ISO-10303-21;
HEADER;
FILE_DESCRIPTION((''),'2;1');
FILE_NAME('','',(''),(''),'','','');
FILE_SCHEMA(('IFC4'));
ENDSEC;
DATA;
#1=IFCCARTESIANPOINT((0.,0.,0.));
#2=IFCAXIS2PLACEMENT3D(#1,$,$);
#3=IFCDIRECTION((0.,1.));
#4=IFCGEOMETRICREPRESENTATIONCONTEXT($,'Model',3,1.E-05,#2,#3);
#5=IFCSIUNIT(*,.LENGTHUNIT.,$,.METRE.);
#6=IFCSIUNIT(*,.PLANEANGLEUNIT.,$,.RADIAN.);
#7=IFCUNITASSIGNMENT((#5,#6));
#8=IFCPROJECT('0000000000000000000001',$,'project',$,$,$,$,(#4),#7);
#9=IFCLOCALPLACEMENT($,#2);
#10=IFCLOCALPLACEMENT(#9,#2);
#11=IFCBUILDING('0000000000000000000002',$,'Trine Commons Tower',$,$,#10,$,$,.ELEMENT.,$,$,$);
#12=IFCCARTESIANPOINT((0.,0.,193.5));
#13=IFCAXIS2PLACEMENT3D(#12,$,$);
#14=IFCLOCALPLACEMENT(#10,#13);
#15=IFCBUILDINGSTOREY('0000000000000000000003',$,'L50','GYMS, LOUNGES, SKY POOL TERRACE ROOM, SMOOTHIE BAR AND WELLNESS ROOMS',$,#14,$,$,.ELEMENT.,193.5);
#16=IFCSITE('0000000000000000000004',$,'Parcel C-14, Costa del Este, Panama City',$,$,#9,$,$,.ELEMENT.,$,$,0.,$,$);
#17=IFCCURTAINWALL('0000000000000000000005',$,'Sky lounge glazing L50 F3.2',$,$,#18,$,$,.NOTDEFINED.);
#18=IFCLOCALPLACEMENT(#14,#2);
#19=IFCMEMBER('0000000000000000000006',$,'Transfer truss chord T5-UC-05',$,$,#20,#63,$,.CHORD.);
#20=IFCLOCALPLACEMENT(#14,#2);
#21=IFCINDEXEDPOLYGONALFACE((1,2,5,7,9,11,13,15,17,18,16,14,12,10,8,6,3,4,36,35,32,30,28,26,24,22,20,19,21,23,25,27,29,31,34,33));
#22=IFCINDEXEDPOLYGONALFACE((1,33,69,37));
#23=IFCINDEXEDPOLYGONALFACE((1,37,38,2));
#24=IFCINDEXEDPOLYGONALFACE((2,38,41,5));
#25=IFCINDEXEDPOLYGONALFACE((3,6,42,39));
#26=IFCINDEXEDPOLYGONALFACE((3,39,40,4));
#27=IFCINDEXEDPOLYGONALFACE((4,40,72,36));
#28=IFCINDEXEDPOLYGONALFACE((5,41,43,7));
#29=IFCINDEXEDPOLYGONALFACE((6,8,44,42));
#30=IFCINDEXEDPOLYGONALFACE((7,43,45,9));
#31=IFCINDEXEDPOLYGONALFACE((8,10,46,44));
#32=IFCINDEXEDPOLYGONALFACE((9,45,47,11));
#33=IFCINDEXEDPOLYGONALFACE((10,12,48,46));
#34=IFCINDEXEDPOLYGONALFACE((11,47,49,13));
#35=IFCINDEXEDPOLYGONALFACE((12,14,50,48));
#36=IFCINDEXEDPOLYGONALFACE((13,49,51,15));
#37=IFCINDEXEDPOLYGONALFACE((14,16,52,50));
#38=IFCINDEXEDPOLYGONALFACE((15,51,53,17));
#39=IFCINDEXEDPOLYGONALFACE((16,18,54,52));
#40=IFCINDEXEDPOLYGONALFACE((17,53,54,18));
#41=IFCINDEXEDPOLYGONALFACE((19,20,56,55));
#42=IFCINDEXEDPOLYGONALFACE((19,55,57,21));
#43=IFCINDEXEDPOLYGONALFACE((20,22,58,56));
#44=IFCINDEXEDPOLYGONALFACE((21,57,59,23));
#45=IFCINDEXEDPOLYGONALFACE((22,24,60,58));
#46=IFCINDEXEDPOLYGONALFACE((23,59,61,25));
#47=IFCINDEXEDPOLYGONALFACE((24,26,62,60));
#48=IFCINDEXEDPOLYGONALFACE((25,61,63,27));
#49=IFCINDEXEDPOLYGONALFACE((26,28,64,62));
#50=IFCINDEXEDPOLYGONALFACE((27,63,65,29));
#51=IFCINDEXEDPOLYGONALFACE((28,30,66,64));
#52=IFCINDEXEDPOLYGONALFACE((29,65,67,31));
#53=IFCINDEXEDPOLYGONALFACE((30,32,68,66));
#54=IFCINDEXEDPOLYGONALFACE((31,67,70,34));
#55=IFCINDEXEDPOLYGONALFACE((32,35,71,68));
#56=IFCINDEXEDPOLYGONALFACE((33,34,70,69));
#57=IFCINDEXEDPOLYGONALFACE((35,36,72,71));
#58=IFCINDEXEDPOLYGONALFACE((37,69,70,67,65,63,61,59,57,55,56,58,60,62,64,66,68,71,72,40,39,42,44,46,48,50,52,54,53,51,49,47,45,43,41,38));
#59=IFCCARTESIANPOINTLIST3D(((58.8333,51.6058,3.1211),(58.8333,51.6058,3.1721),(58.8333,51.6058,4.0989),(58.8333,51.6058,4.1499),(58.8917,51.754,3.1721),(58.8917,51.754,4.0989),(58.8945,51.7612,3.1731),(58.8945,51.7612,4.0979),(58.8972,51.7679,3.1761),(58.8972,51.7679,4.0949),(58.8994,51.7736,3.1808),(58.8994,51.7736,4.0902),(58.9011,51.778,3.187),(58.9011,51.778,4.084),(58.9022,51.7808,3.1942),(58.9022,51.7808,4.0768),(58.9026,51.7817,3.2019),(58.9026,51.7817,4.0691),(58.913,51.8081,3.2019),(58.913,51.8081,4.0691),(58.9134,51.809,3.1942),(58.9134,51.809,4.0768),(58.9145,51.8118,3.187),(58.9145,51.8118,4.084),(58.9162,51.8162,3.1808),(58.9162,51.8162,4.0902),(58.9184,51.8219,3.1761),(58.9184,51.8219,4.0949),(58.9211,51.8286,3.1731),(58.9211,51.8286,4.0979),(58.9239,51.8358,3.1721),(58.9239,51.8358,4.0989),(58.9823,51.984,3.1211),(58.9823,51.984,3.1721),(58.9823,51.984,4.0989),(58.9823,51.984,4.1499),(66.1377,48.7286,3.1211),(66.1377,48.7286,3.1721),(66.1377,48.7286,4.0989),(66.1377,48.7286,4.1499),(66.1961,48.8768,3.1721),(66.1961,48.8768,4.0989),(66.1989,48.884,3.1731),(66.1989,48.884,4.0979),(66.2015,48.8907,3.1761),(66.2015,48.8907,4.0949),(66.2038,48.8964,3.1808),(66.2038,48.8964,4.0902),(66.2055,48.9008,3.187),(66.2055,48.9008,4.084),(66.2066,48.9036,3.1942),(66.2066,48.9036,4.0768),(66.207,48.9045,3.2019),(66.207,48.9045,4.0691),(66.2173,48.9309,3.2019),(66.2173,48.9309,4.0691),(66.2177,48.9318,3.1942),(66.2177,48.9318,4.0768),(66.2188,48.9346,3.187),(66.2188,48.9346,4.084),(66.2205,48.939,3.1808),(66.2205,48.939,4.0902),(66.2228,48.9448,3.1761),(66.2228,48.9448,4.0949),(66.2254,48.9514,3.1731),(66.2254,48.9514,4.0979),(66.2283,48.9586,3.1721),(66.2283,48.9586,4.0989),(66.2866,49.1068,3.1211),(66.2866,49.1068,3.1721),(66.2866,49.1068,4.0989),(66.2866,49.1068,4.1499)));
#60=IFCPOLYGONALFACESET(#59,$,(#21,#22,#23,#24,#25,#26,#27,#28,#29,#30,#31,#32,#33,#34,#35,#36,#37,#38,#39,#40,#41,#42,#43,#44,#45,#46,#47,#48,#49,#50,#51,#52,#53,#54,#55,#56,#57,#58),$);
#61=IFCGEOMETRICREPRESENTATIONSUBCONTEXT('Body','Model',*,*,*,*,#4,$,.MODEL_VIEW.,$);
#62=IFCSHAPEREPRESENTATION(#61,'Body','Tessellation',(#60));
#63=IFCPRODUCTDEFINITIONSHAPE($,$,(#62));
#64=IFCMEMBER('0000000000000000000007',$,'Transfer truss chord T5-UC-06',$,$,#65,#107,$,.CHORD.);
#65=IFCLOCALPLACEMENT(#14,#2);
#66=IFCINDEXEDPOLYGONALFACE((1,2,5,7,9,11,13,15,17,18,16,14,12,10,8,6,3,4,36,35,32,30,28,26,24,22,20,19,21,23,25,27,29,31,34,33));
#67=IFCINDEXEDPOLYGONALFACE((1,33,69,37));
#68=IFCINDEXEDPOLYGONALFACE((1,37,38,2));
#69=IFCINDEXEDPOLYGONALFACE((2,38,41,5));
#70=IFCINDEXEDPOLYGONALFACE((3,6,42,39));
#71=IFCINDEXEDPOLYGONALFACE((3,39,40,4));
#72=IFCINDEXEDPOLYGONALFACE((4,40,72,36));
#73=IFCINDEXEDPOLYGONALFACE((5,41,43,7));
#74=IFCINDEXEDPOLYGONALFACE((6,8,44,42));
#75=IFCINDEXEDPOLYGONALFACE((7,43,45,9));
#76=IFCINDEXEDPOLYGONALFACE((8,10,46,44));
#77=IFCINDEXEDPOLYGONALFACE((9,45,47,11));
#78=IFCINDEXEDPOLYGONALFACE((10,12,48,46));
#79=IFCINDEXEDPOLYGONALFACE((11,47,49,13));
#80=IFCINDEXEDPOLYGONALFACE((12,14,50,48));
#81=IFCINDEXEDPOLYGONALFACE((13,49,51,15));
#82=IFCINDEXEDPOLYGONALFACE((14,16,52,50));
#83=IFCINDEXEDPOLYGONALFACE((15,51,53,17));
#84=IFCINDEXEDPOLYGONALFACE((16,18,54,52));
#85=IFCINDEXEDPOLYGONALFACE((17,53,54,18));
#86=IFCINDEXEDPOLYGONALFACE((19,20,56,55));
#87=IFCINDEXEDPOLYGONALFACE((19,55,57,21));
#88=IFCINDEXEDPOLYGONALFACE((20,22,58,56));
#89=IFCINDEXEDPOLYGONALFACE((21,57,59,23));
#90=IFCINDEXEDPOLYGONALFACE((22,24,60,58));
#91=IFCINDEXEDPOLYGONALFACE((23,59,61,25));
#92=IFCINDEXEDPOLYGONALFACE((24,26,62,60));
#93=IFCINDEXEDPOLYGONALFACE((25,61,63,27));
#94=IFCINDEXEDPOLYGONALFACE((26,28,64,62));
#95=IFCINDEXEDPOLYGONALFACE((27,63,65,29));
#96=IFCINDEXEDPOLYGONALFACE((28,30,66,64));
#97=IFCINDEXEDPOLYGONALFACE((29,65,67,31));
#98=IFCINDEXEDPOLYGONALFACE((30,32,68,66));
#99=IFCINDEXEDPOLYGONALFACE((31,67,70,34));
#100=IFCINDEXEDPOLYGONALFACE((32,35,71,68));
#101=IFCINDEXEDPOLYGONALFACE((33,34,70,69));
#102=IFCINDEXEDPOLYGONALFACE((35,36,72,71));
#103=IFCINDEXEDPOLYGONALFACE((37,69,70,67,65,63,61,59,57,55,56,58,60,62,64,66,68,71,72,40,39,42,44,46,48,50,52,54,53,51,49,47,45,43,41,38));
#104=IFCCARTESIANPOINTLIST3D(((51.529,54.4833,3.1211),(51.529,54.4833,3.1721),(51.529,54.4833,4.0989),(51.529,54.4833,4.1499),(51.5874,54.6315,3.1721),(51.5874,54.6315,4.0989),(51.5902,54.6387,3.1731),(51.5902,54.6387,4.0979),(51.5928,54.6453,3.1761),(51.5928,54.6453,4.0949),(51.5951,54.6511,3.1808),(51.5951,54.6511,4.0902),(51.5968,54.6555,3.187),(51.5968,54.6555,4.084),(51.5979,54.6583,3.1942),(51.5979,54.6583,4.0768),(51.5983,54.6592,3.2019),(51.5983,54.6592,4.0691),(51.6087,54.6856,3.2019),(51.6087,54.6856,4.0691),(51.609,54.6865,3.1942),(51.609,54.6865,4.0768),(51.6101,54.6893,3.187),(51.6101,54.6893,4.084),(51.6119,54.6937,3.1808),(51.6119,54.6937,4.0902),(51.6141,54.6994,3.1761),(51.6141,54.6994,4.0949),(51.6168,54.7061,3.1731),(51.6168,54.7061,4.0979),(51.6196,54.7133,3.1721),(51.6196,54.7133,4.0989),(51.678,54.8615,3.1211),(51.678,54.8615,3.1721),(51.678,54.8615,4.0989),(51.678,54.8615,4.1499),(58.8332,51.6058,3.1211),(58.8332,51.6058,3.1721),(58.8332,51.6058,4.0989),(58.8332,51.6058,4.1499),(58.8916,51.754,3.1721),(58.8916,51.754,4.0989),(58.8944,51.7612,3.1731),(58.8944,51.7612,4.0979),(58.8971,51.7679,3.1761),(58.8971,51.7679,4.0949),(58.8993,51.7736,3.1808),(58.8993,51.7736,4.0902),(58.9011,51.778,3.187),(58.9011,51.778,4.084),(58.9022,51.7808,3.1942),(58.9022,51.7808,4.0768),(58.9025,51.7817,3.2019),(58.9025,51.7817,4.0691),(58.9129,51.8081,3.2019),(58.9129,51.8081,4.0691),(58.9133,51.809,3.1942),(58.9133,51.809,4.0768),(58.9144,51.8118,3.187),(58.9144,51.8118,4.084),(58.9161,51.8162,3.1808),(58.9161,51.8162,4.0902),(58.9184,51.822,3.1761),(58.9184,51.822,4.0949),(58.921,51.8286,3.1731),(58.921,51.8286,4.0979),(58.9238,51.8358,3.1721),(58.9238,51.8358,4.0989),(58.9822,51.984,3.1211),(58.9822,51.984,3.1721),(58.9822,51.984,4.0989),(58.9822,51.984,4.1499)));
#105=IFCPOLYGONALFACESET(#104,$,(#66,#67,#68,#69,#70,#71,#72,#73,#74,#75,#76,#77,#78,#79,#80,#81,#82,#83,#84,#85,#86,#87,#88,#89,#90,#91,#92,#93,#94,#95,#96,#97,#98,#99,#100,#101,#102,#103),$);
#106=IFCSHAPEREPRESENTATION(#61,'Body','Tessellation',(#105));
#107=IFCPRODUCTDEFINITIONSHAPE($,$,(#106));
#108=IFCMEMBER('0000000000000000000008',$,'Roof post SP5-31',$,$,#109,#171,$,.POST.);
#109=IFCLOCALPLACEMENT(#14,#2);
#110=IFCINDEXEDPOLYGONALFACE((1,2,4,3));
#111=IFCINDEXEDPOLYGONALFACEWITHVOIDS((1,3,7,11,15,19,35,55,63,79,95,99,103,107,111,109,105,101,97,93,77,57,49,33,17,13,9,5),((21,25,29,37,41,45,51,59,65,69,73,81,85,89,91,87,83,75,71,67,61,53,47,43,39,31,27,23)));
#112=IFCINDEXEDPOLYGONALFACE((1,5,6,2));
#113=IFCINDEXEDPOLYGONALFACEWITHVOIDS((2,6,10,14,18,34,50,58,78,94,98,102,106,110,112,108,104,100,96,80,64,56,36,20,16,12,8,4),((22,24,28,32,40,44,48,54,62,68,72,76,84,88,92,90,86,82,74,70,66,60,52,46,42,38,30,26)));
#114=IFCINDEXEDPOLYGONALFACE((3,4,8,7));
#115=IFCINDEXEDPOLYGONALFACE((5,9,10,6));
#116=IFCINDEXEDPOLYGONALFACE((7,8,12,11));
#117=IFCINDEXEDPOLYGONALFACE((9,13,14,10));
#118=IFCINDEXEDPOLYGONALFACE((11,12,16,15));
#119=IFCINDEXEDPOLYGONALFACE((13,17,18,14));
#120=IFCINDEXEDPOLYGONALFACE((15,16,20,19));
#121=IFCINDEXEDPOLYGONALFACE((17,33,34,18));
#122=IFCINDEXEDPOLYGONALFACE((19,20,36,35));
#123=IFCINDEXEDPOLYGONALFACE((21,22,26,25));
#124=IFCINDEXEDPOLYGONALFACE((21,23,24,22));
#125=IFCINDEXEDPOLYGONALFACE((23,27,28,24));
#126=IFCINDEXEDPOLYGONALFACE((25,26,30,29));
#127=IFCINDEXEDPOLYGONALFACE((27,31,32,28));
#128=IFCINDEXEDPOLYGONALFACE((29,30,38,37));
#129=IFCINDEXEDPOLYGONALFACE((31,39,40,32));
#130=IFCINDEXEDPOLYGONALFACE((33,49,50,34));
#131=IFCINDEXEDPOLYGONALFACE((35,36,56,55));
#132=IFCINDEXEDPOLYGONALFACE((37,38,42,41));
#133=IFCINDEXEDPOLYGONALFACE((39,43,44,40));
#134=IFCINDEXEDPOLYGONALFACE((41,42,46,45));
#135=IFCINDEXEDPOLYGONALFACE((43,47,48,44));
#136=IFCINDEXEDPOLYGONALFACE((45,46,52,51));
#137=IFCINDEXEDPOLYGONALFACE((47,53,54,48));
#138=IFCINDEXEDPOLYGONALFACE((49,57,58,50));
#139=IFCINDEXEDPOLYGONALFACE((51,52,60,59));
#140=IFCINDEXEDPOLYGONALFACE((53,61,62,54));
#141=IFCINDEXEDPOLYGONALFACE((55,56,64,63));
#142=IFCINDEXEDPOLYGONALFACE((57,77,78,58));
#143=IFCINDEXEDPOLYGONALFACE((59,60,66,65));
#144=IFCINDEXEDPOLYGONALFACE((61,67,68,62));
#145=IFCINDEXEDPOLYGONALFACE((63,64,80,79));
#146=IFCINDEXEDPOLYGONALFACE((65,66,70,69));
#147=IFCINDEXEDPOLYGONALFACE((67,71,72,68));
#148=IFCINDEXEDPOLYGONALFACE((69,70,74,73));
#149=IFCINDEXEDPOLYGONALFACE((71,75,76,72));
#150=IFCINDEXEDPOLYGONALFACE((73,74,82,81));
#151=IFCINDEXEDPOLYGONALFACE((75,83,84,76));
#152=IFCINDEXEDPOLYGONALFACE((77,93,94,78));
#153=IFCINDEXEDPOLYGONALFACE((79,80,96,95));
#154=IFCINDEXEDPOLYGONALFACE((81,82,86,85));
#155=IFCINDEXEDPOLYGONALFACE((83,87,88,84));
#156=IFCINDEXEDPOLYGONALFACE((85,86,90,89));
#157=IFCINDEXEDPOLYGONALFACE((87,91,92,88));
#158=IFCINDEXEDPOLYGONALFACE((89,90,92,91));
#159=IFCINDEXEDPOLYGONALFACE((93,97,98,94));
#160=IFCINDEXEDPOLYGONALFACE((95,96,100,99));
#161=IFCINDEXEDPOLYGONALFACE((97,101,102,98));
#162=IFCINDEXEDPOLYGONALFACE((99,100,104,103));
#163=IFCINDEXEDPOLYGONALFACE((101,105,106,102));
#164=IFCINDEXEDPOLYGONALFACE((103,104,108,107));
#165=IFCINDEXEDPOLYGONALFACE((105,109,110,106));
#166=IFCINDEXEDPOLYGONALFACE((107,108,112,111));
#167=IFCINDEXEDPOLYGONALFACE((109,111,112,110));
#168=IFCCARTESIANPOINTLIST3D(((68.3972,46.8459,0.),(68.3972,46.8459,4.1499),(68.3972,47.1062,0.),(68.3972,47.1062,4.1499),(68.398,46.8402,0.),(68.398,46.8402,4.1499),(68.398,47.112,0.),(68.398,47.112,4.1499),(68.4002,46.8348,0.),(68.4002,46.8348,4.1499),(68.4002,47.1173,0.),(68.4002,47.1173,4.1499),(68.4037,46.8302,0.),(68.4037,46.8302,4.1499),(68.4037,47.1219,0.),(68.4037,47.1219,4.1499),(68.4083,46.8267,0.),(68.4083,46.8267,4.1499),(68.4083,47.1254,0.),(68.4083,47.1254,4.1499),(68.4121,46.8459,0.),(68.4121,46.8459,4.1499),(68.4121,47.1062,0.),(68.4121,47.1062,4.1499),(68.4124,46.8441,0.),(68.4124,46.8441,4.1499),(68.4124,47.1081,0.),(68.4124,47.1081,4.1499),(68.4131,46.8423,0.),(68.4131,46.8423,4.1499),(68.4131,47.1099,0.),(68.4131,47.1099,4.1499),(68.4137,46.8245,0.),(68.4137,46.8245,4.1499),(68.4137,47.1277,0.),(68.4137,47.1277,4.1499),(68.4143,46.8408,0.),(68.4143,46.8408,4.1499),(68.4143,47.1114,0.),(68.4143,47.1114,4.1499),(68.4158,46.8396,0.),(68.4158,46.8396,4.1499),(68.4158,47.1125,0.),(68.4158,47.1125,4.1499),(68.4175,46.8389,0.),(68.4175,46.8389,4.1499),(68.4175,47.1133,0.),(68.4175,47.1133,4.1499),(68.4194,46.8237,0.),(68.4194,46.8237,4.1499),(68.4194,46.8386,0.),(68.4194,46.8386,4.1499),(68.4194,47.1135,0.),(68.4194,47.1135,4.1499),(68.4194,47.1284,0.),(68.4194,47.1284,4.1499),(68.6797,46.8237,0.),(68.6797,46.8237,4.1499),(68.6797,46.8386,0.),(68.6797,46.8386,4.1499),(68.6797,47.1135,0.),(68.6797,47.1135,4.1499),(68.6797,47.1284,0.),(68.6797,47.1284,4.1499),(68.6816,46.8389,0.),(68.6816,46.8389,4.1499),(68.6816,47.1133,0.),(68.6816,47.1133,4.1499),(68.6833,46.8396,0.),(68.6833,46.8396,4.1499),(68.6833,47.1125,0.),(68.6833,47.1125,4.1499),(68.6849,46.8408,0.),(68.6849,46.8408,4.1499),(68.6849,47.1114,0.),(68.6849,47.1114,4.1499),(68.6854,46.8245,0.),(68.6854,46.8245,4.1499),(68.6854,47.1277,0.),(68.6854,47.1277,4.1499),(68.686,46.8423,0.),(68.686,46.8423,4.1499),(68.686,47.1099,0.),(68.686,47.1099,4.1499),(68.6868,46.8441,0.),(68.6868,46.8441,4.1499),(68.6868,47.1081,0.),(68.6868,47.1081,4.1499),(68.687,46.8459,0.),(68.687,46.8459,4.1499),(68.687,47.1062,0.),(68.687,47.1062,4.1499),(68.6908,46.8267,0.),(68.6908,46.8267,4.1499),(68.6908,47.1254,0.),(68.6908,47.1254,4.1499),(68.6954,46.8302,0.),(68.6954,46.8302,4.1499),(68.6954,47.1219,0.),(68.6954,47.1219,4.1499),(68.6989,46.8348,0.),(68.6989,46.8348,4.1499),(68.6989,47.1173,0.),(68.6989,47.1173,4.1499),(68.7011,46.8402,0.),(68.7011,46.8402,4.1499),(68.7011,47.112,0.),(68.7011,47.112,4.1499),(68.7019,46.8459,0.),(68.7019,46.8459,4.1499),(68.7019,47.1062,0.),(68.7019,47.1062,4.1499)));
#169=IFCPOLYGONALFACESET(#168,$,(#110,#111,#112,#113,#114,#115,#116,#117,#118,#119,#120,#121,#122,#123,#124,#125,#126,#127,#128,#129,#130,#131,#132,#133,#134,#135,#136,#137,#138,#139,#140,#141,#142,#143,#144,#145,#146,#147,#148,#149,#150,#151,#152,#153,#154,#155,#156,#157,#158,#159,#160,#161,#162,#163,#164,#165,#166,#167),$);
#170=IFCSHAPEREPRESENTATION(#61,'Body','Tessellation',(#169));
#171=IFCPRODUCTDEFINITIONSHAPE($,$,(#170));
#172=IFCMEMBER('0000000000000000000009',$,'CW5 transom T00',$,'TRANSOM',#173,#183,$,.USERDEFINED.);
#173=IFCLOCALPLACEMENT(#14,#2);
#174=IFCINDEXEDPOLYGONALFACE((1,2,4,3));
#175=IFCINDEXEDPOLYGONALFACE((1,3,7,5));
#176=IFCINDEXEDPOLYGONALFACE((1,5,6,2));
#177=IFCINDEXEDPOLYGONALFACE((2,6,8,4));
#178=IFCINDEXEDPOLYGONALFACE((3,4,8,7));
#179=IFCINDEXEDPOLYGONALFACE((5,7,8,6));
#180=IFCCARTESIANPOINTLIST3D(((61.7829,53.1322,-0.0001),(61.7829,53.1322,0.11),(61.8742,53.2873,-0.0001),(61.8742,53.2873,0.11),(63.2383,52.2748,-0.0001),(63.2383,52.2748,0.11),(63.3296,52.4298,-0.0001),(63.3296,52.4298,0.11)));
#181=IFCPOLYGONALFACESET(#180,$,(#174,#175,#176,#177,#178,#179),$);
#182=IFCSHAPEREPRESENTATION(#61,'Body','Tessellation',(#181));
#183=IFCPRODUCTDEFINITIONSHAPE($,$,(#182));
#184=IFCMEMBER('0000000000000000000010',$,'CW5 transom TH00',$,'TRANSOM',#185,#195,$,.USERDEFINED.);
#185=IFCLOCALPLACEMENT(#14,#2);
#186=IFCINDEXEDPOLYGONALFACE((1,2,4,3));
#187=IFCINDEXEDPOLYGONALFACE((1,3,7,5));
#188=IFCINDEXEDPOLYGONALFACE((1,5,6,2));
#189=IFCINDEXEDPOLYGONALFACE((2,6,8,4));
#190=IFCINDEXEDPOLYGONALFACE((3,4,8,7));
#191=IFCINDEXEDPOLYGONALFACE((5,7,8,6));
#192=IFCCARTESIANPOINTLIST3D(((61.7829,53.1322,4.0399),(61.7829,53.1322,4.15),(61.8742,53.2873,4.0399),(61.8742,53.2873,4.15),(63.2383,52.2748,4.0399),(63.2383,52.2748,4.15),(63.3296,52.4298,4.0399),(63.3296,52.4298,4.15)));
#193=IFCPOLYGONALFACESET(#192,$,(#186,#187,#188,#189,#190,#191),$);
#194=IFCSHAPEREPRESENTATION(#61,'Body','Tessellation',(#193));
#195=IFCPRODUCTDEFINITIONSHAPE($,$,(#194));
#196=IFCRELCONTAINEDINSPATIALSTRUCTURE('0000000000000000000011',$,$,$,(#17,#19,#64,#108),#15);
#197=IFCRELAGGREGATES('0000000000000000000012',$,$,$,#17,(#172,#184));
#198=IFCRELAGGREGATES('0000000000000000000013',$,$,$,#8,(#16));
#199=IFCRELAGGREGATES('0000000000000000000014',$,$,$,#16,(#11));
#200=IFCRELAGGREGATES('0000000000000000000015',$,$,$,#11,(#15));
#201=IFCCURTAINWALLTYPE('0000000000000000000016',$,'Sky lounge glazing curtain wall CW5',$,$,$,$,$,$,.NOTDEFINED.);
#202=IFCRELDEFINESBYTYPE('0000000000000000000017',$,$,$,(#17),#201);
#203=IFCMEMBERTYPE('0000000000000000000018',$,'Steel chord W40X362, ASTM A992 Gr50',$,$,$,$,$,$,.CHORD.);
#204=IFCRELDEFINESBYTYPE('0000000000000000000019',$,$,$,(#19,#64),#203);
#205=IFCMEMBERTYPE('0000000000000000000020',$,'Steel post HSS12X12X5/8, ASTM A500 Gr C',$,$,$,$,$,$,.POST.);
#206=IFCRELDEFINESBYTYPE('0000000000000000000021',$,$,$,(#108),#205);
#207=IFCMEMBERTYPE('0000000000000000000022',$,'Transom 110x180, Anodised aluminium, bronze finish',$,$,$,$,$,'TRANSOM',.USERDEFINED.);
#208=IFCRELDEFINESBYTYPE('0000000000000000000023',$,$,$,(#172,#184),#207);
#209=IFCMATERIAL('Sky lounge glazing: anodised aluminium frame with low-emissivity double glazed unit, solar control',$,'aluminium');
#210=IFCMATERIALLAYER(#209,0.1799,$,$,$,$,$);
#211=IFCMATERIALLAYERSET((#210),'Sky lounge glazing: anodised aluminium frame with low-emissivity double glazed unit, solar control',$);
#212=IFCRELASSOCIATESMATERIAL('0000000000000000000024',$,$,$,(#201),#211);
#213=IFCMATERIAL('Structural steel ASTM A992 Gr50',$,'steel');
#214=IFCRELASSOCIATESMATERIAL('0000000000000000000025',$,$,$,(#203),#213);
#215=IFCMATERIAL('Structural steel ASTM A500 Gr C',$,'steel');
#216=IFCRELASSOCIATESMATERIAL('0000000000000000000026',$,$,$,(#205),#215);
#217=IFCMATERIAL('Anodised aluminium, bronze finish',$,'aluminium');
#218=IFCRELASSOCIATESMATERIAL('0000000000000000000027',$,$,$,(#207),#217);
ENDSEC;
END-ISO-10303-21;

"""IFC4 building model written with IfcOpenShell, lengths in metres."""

from ifc_helpers import new_model, si_unit, direction, frame, origin, origin_2d, place, context, subcontext, project, spatial, rectangle, hollow_rectangle, i_section, extrude, material, layer, layer_set, material_profile, profile_set, type_object, element, aggregate, save


model = new_model("IFC4")

# Units and contexts
model_context = context("Model", 3, precision=1e-05, world=origin(), true_north=direction((0.0, 1.0)))
body_context = subcontext(model_context, "Body", "Model", "MODEL_VIEW")
ifc_project = project(units=[si_unit("LENGTHUNIT", "METRE"), si_unit("PLANEANGLEUNIT", "RADIAN")], contexts=[model_context])

# Site, building, storey
site_placement = place(None, origin())
site = spatial("IfcSite", under=ifc_project, at=site_placement, Name="Parcel C-14, Costa del Este, Panama City", CompositionType="ELEMENT", RefElevation=0.0)
building_placement = place(site_placement, origin())
building = spatial("IfcBuilding", under=site, at=building_placement, Name="Trine Commons Tower", CompositionType="ELEMENT")
storey_placement = place(building_placement, frame((0.0, 0.0, 193.5)))
storey = spatial("IfcBuildingStorey", under=building, at=storey_placement, Name="L50", Description="GYMS, LOUNGES, SKY POOL TERRACE ROOM, SMOOTHIE BAR AND WELLNESS ROOMS", CompositionType="ELEMENT", Elevation=193.5)

# Curtain wall
ifc_material_1 = material(Name="Sky lounge glazing: anodised aluminium frame with low-emissivity double glazed unit, solar control", Category="aluminium")
ifc_layer_1 = layer(ifc_material_1, 0.1799)
ifc_layer_set_1 = layer_set([ifc_layer_1], Name="Sky lounge glazing: anodised aluminium frame with low-emissivity double glazed unit, solar control")
curtain_wall_type = type_object("IfcCurtainWallType", Name="Sky lounge glazing curtain wall CW5", PredefinedType="NOTDEFINED", material=ifc_layer_set_1)
curtain_wall_1_placement = place(storey_placement, origin())
curtain_wall_1 = element("IfcCurtainWall", 1, at=curtain_wall_1_placement, inside=storey, type_object=curtain_wall_type, Name="Sky lounge glazing L50 F3.2", PredefinedType="NOTDEFINED")
ifc_material_2 = material(Name="Anodised aluminium, bronze finish", Category="aluminium")

# Members
ifc_material_3 = material(Name="Structural steel ASTM A992 Gr50", Category="steel")
ifc_material_profile_1 = material_profile(ifc_material_3, i_section(OverallWidth=0.4065, OverallDepth=1.0288, WebThickness=0.0283, FlangeThickness=0.051, FilletRadius=0.0298, at=origin_2d()), Name="W40X362")
ifc_profile_set_1 = profile_set([ifc_material_profile_1], Name="Structural steel ASTM A992 Gr50")
member_type_1 = type_object("IfcMemberType", Name="Steel chord W40X362, ASTM A992 Gr50", PredefinedType="CHORD", material=ifc_profile_set_1)
for number, where, z_axis, x_axis, name in (
    (2, (66.2122, 48.9177, 3.6355), (-0.930422, 0.36649, 0.0), (-0.36649, -0.930422, 0.0), "Transfer truss chord T5-UC-05"),
    (3, (58.9077, 51.7949, 3.6355), (-0.930407, 0.366528, 0.0), (-0.366528, -0.930407, 0.0), "Transfer truss chord T5-UC-06"),
):
    element("IfcMember", number, at=place(storey_placement, frame(where, z_axis=z_axis, x_axis=x_axis)), inside=storey, type_object=member_type_1, Name=name, PredefinedType="CHORD", context=body_context, shape_type="SweptSolid", body=[
        extrude(i_section(OverallWidth=0.4065, OverallDepth=1.0288, WebThickness=0.0283, FlangeThickness=0.051, FilletRadius=0.0298, at=origin_2d()), origin(), (0.0, 0.0, 1.0), 7.8506),
    ])
ifc_material_4 = material(Name="Structural steel ASTM A500 Gr C", Category="steel")
ifc_material_profile_2 = material_profile(ifc_material_4, hollow_rectangle(XDim=0.3047, YDim=0.3047, WallThickness=0.0149, InnerFilletRadius=0.0073, OuterFilletRadius=0.0222, at=origin_2d()), Name="HSS12X12X5/8")
ifc_profile_set_2 = profile_set([ifc_material_profile_2], Name="Structural steel ASTM A500 Gr C")
member_type_2 = type_object("IfcMemberType", Name="Steel post HSS12X12X5/8, ASTM A500 Gr C", PredefinedType="POST", material=ifc_profile_set_2)
member_1_placement = place(storey_placement, frame((68.5496, 46.9761, 0.0), z_axis=(0.0, 0.0, 1.0), x_axis=(1.0, 0.0, 0.0)))
element("IfcMember", 4, at=member_1_placement, inside=storey, type_object=member_type_2, Name="Roof post SP5-31", PredefinedType="POST", context=body_context, shape_type="SweptSolid", body=[
    extrude(hollow_rectangle(XDim=0.3047, YDim=0.3047, WallThickness=0.0149, InnerFilletRadius=0.0073, OuterFilletRadius=0.0222, at=origin_2d()), origin(), (0.0, 0.0, 1.0), 4.1499),
])

# Members
ifc_material_profile_3 = material_profile(ifc_material_2, rectangle(XDim=0.1799, YDim=0.1101, at=origin_2d()), Name="Transom 110x180")
ifc_profile_set_3 = profile_set([ifc_material_profile_3], Name="Anodised aluminium, bronze finish")
member_type_3 = type_object("IfcMemberType", Name="Transom 110x180, Anodised aluminium, bronze finish", ElementType="TRANSOM", PredefinedType="USERDEFINED", material=ifc_profile_set_3)
member_2_placement = place(storey_placement, frame((63.2839, 52.3523, 0.0549), z_axis=(-0.861585, 0.507614, 0.0), x_axis=(-0.507614, -0.861585, 0.0)))
member_2 = element("IfcMember", 5, at=member_2_placement, type_object=member_type_3, Name="CW5 transom T00", ObjectType="TRANSOM", PredefinedType="USERDEFINED", context=body_context, shape_type="SweptSolid", body=[
    extrude(rectangle(XDim=0.1799, YDim=0.1101, at=origin_2d()), origin(), (0.0, 0.0, 1.0), 1.6892),
])
member_3_placement = place(storey_placement, frame((63.2839, 52.3523, 4.095), z_axis=(-0.861585, 0.507614, 0.0), x_axis=(-0.507614, -0.861585, 0.0)))
member_3 = element("IfcMember", 6, at=member_3_placement, type_object=member_type_3, Name="CW5 transom TH00", ObjectType="TRANSOM", PredefinedType="USERDEFINED", context=body_context, shape_type="SweptSolid", body=[
    extrude(rectangle(XDim=0.1799, YDim=0.1101, at=origin_2d()), origin(), (0.0, 0.0, 1.0), 1.6892),
])

aggregate(curtain_wall_1, [member_2, member_3])

save(model, "model.ifc")
